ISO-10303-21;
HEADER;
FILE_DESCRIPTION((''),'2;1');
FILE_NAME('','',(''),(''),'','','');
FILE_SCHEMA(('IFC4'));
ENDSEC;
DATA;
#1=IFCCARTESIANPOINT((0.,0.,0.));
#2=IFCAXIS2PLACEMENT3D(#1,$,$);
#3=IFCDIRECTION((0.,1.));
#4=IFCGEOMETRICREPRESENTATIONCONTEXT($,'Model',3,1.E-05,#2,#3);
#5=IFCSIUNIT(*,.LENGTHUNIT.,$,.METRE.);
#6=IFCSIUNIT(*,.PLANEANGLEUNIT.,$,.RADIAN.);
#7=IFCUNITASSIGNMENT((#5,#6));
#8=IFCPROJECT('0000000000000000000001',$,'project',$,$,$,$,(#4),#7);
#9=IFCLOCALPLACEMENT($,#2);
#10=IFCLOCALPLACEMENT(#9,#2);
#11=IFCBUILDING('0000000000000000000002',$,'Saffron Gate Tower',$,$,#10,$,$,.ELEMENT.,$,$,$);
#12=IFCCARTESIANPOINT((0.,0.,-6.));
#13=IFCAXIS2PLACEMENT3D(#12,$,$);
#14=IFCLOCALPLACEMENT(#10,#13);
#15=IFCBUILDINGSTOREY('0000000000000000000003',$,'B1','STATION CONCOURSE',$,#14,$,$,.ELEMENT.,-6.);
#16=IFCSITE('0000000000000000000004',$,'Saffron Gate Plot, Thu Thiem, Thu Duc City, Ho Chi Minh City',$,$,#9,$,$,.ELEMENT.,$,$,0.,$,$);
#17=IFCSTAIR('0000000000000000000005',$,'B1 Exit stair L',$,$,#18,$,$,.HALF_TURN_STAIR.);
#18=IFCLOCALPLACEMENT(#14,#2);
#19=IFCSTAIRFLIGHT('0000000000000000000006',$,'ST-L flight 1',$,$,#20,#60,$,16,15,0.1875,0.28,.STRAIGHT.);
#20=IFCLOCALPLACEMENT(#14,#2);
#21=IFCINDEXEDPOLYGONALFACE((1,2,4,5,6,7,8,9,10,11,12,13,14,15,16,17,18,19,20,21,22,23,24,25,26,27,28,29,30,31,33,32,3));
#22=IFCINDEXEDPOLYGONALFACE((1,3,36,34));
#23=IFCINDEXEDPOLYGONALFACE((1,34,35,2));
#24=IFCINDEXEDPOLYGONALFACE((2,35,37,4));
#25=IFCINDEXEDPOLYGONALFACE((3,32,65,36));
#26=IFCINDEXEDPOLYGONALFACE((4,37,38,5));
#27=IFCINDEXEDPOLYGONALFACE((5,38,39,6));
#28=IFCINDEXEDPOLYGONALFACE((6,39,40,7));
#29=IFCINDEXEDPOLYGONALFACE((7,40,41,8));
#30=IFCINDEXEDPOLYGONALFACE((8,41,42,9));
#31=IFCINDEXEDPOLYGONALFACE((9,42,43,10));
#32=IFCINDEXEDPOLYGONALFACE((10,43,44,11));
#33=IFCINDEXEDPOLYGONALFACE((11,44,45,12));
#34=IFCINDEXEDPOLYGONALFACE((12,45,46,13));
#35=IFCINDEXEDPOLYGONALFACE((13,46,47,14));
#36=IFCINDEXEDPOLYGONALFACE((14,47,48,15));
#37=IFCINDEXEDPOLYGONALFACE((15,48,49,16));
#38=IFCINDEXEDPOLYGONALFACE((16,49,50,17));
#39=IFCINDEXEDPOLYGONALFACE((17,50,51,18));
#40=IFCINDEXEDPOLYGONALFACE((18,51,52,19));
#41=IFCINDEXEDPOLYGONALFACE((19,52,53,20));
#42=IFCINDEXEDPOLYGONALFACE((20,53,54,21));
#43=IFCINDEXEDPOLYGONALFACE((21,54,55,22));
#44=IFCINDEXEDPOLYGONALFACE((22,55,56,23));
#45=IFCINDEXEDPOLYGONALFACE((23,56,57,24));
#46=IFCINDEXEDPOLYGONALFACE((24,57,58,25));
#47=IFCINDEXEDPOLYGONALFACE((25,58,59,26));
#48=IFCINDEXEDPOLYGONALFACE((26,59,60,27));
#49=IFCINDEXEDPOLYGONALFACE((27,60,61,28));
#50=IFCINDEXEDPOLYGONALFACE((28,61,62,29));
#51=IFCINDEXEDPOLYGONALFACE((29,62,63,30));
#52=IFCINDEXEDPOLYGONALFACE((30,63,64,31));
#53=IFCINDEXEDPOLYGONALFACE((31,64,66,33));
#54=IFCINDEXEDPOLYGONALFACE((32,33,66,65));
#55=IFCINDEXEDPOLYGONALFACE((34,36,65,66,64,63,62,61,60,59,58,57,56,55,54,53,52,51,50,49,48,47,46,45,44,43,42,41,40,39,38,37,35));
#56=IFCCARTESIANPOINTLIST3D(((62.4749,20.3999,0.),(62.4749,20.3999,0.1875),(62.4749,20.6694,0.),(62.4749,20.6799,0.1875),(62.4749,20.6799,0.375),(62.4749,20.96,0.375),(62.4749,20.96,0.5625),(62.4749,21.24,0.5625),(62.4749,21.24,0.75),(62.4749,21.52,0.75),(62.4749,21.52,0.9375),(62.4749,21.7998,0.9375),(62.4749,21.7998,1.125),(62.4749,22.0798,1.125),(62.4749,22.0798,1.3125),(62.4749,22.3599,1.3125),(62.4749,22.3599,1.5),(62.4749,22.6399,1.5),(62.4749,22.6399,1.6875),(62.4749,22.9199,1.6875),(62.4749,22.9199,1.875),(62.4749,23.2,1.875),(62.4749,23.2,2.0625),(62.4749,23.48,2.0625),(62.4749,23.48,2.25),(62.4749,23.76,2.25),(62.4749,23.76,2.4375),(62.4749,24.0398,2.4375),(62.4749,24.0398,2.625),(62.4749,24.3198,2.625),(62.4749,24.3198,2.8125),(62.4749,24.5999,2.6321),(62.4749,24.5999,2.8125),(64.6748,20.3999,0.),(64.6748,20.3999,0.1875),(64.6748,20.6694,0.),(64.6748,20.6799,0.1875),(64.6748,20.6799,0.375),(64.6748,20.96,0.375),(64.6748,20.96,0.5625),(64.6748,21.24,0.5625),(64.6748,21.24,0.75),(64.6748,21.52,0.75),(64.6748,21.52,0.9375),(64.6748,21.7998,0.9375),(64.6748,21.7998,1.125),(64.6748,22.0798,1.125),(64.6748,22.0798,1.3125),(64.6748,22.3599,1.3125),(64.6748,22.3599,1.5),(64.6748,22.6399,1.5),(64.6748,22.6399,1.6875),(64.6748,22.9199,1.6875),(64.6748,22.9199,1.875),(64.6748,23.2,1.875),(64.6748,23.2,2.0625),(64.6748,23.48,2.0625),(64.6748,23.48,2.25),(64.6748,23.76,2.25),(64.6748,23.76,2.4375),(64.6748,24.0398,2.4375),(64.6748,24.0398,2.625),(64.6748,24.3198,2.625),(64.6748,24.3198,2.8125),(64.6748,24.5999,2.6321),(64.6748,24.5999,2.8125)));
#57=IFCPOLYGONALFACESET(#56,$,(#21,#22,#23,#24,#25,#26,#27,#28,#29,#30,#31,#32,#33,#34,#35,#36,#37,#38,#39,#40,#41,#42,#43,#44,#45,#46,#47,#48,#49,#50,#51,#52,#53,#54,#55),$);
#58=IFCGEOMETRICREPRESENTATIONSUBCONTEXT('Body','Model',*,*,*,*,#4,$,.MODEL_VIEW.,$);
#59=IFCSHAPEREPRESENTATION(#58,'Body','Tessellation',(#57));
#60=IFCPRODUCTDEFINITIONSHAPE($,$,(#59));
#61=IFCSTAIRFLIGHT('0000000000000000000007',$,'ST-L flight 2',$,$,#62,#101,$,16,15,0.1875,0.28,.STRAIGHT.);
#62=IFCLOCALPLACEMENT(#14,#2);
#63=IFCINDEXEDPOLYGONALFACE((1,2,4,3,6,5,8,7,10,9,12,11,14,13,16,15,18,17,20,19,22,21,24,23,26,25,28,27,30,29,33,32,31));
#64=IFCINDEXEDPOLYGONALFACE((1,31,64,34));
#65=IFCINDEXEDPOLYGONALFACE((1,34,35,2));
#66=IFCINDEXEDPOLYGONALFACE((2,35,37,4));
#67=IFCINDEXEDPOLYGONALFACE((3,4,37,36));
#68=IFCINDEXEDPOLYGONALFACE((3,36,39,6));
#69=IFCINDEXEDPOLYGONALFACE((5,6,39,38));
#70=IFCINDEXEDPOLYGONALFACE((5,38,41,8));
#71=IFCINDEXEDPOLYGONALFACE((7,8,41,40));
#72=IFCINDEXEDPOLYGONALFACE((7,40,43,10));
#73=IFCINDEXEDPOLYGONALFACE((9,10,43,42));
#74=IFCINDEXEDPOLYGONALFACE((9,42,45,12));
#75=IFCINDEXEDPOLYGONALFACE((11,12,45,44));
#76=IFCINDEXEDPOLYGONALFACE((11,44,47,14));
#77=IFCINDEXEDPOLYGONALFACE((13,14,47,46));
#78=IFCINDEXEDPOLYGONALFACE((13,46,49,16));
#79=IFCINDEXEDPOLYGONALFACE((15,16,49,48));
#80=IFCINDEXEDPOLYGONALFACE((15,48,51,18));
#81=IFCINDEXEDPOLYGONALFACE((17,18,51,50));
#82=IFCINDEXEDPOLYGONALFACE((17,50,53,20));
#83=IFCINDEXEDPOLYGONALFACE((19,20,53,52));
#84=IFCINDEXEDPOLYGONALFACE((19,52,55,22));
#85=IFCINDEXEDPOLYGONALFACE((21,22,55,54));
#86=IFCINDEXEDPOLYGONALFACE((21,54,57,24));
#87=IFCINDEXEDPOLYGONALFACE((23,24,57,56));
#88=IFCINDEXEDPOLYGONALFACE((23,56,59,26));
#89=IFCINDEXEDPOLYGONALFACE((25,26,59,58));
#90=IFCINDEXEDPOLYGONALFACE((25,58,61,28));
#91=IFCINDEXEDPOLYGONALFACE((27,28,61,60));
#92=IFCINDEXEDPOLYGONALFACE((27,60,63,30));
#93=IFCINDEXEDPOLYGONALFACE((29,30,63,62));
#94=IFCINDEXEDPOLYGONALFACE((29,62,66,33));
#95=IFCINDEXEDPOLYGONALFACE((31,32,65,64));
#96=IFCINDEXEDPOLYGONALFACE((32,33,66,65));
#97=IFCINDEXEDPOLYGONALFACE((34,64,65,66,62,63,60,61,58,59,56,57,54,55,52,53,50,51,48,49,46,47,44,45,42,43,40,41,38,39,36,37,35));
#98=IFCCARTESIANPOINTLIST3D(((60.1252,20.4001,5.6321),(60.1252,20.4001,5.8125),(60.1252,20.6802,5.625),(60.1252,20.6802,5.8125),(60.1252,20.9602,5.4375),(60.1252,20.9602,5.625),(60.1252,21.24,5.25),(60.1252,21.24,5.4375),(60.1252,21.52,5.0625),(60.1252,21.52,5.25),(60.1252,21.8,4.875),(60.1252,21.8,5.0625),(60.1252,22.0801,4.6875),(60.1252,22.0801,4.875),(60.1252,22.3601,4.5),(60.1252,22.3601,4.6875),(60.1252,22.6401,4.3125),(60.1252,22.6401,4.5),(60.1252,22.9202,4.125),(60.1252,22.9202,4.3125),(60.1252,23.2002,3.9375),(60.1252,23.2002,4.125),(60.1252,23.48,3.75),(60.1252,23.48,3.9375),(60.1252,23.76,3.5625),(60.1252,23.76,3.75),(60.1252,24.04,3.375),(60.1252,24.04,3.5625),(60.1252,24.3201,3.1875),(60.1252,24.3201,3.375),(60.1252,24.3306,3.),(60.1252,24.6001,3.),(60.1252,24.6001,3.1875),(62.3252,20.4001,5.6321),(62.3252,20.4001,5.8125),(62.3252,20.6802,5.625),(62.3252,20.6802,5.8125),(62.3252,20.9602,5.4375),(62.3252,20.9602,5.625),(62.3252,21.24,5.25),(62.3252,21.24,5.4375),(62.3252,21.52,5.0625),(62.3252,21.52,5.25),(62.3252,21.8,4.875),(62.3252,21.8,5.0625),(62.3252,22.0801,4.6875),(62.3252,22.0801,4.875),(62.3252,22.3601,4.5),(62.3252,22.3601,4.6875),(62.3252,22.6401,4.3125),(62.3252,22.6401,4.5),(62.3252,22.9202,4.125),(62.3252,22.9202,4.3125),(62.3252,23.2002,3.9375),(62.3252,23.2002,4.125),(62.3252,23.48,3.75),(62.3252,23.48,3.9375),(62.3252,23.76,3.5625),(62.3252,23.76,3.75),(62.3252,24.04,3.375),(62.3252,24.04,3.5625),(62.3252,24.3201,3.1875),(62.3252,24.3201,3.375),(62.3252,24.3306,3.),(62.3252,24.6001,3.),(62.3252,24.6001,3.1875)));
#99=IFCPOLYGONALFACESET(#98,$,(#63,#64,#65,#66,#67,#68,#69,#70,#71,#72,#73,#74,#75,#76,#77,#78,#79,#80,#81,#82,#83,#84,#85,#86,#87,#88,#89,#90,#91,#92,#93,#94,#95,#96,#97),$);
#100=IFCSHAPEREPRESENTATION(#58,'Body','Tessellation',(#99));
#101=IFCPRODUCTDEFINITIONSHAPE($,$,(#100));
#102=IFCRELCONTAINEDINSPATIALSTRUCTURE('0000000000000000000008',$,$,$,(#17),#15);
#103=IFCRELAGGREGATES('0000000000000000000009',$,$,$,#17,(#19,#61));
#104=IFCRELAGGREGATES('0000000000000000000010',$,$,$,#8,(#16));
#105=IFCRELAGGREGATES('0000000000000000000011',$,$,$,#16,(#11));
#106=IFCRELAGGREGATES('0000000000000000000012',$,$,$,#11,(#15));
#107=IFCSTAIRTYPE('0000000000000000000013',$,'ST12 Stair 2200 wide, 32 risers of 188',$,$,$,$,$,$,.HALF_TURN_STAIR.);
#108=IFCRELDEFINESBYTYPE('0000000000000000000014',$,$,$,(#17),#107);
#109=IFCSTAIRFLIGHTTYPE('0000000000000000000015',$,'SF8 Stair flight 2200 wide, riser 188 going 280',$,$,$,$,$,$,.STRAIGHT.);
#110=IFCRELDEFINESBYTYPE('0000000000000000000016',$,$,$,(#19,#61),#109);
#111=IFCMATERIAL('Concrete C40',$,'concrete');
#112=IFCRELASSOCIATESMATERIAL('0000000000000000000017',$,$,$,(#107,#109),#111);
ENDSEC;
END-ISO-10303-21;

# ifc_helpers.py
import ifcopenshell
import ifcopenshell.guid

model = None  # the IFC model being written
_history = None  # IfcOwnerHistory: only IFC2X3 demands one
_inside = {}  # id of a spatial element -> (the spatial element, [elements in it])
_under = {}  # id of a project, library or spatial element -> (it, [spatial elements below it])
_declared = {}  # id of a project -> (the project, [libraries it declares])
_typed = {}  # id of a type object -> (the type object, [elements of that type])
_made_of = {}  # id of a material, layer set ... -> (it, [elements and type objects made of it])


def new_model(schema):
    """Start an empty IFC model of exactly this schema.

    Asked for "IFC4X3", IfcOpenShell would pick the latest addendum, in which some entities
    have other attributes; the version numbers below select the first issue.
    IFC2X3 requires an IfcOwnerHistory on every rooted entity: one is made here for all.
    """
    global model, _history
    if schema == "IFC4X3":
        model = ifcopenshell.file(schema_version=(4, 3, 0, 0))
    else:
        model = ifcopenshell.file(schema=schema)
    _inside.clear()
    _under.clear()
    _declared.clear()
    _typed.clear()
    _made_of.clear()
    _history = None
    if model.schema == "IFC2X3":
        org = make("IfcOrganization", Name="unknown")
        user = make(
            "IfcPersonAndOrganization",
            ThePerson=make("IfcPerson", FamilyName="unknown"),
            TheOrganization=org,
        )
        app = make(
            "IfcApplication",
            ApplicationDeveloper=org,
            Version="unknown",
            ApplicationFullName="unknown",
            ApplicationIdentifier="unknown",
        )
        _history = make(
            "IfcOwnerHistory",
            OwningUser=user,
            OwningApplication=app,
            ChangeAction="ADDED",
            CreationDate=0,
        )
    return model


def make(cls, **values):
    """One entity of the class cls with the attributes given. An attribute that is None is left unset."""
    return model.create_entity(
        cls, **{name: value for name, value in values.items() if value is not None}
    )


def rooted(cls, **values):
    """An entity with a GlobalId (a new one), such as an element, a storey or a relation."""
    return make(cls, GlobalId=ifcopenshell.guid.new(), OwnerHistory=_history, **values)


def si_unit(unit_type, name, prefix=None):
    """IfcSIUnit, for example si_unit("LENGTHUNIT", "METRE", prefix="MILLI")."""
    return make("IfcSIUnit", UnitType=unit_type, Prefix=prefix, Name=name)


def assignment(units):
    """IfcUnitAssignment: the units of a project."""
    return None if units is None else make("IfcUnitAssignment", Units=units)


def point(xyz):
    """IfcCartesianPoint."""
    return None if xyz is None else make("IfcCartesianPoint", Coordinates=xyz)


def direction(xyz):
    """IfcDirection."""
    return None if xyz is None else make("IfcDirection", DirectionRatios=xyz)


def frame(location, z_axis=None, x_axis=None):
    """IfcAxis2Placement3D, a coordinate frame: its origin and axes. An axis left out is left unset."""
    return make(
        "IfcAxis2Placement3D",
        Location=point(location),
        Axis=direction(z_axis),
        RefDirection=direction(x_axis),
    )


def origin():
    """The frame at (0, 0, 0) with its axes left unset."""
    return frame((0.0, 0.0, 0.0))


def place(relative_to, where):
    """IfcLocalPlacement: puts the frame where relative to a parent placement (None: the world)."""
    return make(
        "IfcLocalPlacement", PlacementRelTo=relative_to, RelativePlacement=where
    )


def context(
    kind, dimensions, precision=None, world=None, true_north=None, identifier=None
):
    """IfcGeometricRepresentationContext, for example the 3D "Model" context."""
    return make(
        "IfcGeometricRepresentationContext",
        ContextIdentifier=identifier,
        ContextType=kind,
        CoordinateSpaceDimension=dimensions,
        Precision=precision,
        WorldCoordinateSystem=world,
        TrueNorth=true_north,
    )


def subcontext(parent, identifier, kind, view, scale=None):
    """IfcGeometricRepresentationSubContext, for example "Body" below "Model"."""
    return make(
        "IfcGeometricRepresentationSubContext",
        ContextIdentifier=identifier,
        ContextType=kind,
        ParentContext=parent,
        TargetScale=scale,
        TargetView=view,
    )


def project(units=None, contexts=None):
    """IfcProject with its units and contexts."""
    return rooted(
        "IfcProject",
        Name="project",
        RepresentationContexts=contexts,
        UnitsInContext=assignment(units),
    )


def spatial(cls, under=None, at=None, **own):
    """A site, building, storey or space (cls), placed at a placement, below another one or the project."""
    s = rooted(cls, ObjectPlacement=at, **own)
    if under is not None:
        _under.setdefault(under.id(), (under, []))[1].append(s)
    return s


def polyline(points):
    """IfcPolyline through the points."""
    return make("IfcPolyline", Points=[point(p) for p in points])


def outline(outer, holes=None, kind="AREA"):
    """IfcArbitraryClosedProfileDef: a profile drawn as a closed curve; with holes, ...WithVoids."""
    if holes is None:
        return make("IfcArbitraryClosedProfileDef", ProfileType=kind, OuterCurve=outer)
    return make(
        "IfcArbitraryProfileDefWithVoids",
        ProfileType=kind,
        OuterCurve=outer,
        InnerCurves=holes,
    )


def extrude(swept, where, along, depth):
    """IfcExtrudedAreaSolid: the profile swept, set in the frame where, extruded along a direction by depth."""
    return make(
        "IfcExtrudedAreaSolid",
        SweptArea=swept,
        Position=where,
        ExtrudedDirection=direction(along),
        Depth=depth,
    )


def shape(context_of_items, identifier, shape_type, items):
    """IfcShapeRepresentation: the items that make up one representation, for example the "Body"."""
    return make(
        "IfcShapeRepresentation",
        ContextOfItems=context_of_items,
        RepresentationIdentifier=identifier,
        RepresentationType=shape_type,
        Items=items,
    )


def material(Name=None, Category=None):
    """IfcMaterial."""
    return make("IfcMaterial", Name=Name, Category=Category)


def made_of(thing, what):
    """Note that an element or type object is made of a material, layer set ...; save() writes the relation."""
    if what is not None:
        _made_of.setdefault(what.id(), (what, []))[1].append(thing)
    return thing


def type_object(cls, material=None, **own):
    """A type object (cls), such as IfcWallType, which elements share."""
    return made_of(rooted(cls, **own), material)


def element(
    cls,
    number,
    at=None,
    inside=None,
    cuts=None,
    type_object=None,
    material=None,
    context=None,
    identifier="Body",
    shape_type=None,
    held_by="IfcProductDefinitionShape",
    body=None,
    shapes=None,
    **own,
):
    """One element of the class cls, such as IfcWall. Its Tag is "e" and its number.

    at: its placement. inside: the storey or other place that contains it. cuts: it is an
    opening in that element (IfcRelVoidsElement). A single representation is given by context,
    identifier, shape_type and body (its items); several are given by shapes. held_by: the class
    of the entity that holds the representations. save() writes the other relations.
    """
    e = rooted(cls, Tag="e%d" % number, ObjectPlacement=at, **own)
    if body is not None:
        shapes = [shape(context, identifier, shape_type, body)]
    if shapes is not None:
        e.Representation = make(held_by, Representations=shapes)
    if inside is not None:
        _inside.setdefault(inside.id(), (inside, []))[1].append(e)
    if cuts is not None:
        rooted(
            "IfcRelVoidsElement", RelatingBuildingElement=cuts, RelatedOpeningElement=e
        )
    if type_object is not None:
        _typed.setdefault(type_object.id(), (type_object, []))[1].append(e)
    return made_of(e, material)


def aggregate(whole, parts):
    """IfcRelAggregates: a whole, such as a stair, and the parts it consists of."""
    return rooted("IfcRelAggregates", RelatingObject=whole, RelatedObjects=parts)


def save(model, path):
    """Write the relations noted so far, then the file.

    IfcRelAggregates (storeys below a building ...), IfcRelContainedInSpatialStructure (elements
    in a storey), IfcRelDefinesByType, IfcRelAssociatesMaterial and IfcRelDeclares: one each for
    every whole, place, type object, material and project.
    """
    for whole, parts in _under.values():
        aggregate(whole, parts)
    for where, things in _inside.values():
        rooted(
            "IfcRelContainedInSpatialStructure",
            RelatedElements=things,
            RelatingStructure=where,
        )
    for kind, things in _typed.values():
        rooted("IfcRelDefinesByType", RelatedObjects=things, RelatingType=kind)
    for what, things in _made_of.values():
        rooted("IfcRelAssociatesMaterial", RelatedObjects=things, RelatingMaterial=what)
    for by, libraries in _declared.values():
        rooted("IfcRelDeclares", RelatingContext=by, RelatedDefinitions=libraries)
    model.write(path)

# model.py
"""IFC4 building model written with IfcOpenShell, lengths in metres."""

from ifc_helpers import new_model, si_unit, direction, frame, origin, place, context, subcontext, project, spatial, polyline, outline, extrude, material, type_object, element, aggregate, save


model = new_model("IFC4")

# Units and contexts
model_context = context("Model", 3, precision=1e-05, world=origin(), true_north=direction((0.0, 1.0)))
body_context = subcontext(model_context, "Body", "Model", "MODEL_VIEW")
ifc_project = project(units=[si_unit("LENGTHUNIT", "METRE"), si_unit("PLANEANGLEUNIT", "RADIAN")], contexts=[model_context])

# Site, building, storey
site_placement = place(None, origin())
site = spatial("IfcSite", under=ifc_project, at=site_placement, Name="Saffron Gate Plot, Thu Thiem, Thu Duc City, Ho Chi Minh City", CompositionType="ELEMENT", RefElevation=0.0)
building_placement = place(site_placement, origin())
building = spatial("IfcBuilding", under=site, at=building_placement, Name="Saffron Gate Tower", CompositionType="ELEMENT")
storey_placement = place(building_placement, frame((0.0, 0.0, -6.0)))
storey = spatial("IfcBuildingStorey", under=building, at=storey_placement, Name="B1", Description="STATION CONCOURSE", CompositionType="ELEMENT", Elevation=-6.0)

# Shared definitions
ifc_material_1 = material(Name="Concrete C40", Category="concrete")

# Stair, stair flights
stair_type = type_object("IfcStairType", Name="ST12 Stair 2200 wide, 32 risers of 188", PredefinedType="HALF_TURN_STAIR", material=ifc_material_1)
stair_placement = place(storey_placement, origin())
stair = element("IfcStair", 1, at=stair_placement, inside=storey, type_object=stair_type, Name="B1 Exit stair L", PredefinedType="HALF_TURN_STAIR")
stair_flight_type = type_object("IfcStairFlightType", Name="SF8 Stair flight 2200 wide, riser 188 going 280", PredefinedType="STRAIGHT", material=ifc_material_1)
stair_flight_1_placement = place(storey_placement, frame((63.575, 20.3999, 0.0), z_axis=(0.0, 0.0, 1.0), x_axis=(0.0, 1.0, 0.0)))
stair_flight_1 = element("IfcStairFlight", 2, at=stair_flight_1_placement, type_object=stair_flight_type, Name="ST-L flight 1", NumberOfRisers=16, NumberOfTreads=15, PredefinedType="STRAIGHT", RiserHeight=0.1875, TreadLength=0.28, context=body_context, shape_type="SweptSolid", body=[
    extrude(outline(polyline([(0.0, 0.0), (0.0, 0.1875), (0.28, 0.1875), (0.28, 0.375), (0.5601, 0.375), (0.5601, 0.5625), (0.8401, 0.5625), (0.8401, 0.75), (1.1201, 0.75), (1.1201, 0.9375), (1.3999, 0.9375), (1.3999, 1.125), (1.6799, 1.125), (1.6799, 1.3125), (1.96, 1.3125), (1.96, 1.5), (2.24, 1.5), (2.24, 1.6875), (2.52, 1.6875), (2.52, 1.875), (2.8, 1.875), (2.8, 2.0625), (3.0801, 2.0625), (3.0801, 2.25), (3.3601, 2.25), (3.3601, 2.4375), (3.6399, 2.4375), (3.6399, 2.625), (3.9199, 2.625), (3.9199, 2.8125), (4.2, 2.8125), (4.2, 3.0), (4.2, 2.6321), (0.2695, 0.0), (0.0, 0.0)])), frame((0.0, 1.1001, 0.0), z_axis=(0.0, -1.0, 0.0), x_axis=(1.0, 0.0, 0.0)), (0.0, 0.0, 1.0), 2.2),
])
stair_flight_2_placement = place(storey_placement, frame((61.2251, 24.6001, 3.0), z_axis=(0.0, 0.0, 1.0), x_axis=(0.0, -1.0, 0.0)))
stair_flight_2 = element("IfcStairFlight", 3, at=stair_flight_2_placement, type_object=stair_flight_type, Name="ST-L flight 2", NumberOfRisers=16, NumberOfTreads=15, PredefinedType="STRAIGHT", RiserHeight=0.1875, TreadLength=0.28, context=body_context, shape_type="SweptSolid", body=[
    extrude(outline(polyline([(0.0, 0.0), (0.0, 0.1875), (0.28, 0.1875), (0.28, 0.375), (0.5601, 0.375), (0.5601, 0.5625), (0.8401, 0.5625), (0.8401, 0.75), (1.1201, 0.75), (1.1201, 0.9375), (1.3999, 0.9375), (1.3999, 1.125), (1.6799, 1.125), (1.6799, 1.3125), (1.96, 1.3125), (1.96, 1.5), (2.24, 1.5), (2.24, 1.6875), (2.52, 1.6875), (2.52, 1.875), (2.8, 1.875), (2.8, 2.0625), (3.0801, 2.0625), (3.0801, 2.25), (3.3601, 2.25), (3.3601, 2.4375), (3.6399, 2.4375), (3.6399, 2.625), (3.9199, 2.625), (3.9199, 2.8125), (4.2, 2.8125), (4.2, 3.0), (4.2, 2.6321), (0.2695, 0.0), (0.0, 0.0)])), frame((0.0, 1.1001, 0.0), z_axis=(0.0, -1.0, 0.0), x_axis=(1.0, 0.0, 0.0)), (0.0, 0.0, 1.0), 2.2),
])
aggregate(stair, [stair_flight_1, stair_flight_2])

save(model, "model.ifc")
